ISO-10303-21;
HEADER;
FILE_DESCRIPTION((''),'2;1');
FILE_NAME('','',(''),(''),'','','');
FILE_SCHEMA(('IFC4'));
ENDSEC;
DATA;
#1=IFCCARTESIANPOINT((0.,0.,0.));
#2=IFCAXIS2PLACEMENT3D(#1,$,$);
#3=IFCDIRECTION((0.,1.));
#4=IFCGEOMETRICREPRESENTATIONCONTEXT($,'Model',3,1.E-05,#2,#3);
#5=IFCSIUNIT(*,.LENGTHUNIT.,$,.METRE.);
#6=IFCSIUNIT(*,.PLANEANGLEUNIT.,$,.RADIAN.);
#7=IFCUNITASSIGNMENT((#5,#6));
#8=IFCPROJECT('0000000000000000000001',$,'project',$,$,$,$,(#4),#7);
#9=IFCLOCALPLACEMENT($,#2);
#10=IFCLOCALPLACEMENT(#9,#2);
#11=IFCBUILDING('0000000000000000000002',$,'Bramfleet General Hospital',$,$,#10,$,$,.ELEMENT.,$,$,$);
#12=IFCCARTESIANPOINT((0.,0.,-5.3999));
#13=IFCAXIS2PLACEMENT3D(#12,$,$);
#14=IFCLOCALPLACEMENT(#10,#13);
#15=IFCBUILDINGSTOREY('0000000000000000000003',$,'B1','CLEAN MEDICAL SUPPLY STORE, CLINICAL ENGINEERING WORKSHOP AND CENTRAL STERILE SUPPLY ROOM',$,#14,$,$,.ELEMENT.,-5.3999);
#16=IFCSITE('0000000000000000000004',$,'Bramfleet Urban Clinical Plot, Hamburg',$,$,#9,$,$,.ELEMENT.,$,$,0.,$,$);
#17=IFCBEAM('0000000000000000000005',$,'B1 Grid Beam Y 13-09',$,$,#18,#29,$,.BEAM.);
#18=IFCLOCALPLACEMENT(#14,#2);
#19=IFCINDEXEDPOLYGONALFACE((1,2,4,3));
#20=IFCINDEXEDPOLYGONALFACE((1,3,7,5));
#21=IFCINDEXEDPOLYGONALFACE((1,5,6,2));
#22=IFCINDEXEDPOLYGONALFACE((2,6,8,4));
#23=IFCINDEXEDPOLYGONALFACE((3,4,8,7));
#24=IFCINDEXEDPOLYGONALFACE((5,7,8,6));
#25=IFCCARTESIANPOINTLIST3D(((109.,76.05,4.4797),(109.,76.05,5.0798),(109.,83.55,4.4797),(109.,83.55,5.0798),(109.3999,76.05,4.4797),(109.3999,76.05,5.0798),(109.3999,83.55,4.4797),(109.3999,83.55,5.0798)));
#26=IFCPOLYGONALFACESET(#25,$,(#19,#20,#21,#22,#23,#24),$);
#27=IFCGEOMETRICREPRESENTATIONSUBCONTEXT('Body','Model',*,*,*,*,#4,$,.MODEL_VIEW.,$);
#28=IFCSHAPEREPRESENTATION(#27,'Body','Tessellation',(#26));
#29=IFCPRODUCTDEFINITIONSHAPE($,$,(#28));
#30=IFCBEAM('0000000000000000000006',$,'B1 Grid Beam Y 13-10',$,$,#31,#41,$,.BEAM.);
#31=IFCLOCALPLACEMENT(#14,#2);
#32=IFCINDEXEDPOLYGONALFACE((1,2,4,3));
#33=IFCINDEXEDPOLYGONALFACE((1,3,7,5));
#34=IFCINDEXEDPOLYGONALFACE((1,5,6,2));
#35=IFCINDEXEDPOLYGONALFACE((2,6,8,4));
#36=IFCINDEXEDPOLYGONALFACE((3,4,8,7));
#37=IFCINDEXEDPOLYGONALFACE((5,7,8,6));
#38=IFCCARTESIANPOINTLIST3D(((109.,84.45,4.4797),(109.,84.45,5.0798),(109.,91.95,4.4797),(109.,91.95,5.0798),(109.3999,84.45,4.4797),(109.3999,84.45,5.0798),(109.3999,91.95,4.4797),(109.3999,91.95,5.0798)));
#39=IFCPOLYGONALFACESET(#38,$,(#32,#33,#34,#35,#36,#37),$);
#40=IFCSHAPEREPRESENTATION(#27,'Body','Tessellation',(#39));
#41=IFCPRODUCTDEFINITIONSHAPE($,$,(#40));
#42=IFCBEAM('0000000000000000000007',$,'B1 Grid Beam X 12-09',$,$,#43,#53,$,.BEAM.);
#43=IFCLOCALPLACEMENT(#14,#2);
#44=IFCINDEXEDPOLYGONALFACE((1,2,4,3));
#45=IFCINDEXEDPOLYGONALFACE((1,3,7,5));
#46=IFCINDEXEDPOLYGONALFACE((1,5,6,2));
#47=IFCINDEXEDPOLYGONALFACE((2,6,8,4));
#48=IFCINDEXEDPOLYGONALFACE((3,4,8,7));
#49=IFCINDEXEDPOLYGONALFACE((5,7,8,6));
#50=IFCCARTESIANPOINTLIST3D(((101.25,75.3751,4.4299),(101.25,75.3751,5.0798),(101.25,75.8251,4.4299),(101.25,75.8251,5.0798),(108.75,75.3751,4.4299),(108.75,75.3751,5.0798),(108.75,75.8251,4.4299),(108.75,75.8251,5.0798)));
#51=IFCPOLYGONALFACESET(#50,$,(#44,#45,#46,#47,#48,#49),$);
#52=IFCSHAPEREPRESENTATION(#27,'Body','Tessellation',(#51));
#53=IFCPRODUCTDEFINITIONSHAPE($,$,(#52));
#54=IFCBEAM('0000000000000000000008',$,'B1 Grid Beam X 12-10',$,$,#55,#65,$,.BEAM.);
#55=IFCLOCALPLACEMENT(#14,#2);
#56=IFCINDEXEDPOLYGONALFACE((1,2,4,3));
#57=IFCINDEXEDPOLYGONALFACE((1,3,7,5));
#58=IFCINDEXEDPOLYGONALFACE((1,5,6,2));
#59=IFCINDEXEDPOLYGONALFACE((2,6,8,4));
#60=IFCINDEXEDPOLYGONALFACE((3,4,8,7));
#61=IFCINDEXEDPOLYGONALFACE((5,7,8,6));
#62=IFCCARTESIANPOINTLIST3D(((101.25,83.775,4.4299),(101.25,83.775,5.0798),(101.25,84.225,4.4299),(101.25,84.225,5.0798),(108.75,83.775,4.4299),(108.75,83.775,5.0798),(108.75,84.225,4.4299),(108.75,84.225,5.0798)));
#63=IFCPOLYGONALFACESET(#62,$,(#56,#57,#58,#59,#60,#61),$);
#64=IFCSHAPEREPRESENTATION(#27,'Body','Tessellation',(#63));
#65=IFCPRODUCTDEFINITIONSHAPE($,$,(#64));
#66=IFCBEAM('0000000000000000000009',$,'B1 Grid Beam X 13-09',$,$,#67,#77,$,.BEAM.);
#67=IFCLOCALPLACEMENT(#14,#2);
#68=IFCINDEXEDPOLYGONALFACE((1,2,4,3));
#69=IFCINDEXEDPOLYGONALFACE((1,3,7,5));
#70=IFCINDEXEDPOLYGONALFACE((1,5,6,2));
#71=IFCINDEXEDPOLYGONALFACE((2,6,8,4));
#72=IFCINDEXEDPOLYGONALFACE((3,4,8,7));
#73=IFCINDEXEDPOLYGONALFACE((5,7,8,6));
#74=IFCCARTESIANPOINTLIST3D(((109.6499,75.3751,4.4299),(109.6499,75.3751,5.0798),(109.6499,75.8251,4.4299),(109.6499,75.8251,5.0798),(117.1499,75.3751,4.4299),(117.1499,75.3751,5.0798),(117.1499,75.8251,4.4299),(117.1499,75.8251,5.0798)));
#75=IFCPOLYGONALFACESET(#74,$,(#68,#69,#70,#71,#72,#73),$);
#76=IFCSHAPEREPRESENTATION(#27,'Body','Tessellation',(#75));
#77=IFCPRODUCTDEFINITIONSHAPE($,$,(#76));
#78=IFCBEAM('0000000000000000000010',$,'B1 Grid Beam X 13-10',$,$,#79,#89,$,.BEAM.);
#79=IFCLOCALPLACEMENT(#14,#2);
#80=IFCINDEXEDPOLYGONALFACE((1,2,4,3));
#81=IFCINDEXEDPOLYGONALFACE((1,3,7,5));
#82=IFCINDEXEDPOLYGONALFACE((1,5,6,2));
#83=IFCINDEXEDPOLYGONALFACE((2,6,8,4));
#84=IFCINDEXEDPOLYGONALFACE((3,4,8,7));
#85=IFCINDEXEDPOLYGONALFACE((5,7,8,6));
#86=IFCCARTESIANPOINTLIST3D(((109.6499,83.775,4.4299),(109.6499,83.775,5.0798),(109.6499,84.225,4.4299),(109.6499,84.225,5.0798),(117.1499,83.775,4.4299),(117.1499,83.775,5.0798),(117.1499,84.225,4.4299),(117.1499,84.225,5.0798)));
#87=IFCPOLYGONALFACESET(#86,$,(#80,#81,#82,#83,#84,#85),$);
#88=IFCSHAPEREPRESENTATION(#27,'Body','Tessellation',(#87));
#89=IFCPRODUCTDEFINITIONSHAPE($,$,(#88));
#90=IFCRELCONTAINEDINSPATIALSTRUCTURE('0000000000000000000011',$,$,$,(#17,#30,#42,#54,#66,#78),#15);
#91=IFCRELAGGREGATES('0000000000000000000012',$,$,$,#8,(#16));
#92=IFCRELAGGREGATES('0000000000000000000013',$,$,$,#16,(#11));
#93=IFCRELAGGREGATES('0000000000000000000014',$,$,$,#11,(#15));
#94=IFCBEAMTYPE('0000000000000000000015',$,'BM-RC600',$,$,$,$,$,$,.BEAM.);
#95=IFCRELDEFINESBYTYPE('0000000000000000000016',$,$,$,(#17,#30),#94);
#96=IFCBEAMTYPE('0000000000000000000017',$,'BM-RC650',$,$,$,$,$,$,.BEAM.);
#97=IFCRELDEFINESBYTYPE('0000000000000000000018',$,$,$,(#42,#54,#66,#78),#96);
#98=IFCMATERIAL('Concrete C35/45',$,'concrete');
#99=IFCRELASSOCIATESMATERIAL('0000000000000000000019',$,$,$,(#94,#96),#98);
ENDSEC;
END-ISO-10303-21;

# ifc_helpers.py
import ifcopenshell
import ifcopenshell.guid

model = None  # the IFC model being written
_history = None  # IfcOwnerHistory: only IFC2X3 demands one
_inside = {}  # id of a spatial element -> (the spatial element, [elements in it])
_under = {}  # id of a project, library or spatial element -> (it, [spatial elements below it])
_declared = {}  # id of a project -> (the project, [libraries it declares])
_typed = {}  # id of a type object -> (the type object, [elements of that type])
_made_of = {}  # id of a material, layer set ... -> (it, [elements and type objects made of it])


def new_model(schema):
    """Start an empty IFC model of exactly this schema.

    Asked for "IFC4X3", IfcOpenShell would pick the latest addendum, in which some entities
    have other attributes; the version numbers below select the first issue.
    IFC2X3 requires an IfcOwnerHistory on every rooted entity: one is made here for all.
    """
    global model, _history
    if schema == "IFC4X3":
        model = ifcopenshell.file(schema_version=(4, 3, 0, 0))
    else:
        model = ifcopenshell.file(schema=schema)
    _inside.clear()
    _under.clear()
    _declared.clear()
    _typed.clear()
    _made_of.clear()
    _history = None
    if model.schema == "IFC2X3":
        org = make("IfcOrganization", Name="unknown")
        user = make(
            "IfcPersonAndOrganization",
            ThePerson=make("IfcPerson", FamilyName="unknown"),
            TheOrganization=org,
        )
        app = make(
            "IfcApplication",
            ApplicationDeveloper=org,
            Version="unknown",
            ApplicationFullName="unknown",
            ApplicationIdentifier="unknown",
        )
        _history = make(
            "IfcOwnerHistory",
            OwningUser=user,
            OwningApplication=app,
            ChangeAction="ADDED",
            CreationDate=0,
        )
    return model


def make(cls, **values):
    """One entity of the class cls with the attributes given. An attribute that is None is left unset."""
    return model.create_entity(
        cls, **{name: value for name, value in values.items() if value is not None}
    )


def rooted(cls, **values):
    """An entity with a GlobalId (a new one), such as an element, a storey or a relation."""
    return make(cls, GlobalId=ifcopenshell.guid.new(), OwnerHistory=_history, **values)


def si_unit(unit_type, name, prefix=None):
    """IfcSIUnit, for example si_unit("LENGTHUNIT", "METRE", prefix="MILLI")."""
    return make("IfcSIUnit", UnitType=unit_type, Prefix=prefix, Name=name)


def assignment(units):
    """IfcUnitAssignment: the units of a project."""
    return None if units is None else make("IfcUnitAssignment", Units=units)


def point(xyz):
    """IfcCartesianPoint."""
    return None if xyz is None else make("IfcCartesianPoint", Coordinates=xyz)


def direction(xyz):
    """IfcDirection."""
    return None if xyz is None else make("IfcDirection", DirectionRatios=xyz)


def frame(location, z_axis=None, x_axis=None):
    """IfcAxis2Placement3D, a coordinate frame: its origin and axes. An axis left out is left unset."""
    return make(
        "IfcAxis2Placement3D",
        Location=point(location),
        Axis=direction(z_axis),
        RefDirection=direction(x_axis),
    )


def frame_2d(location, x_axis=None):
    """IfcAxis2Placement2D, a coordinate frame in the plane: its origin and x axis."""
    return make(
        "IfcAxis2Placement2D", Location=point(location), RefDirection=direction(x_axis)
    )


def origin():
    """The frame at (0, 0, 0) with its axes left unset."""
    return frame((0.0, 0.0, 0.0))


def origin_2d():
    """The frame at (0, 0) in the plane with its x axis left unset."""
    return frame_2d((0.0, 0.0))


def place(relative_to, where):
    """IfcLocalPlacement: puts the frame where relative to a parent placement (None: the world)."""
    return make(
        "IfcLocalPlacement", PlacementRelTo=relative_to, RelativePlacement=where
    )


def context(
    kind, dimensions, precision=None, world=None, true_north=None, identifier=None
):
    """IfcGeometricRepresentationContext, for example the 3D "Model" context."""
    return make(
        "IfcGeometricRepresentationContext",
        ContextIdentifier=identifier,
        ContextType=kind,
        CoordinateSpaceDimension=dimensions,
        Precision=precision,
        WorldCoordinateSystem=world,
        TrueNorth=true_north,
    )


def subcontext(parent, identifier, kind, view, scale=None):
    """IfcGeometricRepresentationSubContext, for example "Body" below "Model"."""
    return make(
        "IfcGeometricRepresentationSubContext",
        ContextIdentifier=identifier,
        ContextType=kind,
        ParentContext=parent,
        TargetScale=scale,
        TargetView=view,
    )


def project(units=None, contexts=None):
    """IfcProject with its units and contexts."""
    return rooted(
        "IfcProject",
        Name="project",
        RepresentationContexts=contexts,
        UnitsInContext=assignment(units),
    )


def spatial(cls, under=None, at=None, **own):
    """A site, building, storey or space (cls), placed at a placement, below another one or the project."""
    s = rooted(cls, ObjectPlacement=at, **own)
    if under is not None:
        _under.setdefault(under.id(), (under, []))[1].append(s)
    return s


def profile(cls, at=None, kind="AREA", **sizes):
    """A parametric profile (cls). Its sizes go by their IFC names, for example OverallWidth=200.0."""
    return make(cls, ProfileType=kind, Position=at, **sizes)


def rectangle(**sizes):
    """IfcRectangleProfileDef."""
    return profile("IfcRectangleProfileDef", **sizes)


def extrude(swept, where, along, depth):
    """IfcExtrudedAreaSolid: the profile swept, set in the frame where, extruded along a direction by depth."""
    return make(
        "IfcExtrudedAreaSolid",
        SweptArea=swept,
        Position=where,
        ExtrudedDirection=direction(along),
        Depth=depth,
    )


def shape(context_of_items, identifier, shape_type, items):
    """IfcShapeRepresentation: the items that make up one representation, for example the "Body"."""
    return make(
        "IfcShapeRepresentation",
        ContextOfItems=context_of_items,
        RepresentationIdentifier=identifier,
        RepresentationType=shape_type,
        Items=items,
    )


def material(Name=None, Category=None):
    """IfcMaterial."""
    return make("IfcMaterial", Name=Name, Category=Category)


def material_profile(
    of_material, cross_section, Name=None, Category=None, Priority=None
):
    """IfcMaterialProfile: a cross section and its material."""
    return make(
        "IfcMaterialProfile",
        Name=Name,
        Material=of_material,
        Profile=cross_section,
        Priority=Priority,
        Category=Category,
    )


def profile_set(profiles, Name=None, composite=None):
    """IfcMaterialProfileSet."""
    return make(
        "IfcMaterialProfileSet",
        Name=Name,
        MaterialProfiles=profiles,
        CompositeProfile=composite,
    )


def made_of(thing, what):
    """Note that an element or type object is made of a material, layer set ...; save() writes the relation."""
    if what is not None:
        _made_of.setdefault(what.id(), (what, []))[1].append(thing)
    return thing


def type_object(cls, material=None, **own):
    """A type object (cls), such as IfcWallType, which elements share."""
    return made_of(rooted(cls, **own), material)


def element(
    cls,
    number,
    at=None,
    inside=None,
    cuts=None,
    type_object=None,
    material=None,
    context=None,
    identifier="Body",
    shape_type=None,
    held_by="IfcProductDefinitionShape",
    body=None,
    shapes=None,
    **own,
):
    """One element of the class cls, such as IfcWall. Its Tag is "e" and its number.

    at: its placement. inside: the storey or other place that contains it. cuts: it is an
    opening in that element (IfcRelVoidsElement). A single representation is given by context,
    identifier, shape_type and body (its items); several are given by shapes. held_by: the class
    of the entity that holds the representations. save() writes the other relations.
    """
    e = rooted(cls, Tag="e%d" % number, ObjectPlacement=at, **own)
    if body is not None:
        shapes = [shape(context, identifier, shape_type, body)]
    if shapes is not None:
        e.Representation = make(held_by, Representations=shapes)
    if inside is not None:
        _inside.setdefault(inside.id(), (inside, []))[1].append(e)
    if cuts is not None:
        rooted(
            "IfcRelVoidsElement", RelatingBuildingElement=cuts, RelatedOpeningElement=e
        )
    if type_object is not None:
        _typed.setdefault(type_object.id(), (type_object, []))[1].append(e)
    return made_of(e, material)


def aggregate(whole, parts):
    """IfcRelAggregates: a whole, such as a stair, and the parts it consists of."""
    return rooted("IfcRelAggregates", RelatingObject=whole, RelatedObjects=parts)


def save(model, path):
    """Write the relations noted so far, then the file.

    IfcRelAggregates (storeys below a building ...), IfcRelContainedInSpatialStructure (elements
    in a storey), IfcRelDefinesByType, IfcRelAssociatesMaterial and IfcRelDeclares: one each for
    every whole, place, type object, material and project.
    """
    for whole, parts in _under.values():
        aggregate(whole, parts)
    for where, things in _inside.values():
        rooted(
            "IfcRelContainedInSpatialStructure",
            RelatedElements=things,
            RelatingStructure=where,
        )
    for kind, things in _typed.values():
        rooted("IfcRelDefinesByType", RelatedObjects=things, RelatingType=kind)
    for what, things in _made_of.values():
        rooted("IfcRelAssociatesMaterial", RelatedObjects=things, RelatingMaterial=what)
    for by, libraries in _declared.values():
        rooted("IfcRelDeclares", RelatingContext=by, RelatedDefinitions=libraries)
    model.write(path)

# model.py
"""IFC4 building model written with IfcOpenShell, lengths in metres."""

from ifc_helpers import new_model, si_unit, direction, frame, origin, origin_2d, place, context, subcontext, project, spatial, rectangle, extrude, material, material_profile, profile_set, type_object, element, save


model = new_model("IFC4")

# Units and contexts
model_context = context("Model", 3, precision=1e-05, world=origin(), true_north=direction((0.0, 1.0)))
body_context = subcontext(model_context, "Body", "Model", "MODEL_VIEW")
ifc_project = project(units=[si_unit("LENGTHUNIT", "METRE"), si_unit("PLANEANGLEUNIT", "RADIAN")], contexts=[model_context])

# Site, building, storey
site_placement = place(None, origin())
site = spatial("IfcSite", under=ifc_project, at=site_placement, Name="Bramfleet Urban Clinical Plot, Hamburg", CompositionType="ELEMENT", RefElevation=0.0)
building_placement = place(site_placement, origin())
building = spatial("IfcBuilding", under=site, at=building_placement, Name="Bramfleet General Hospital", CompositionType="ELEMENT")
storey_placement = place(building_placement, frame((0.0, 0.0, -5.3999)))
storey = spatial("IfcBuildingStorey", under=building, at=storey_placement, Name="B1", Description="CLEAN MEDICAL SUPPLY STORE, CLINICAL ENGINEERING WORKSHOP AND CENTRAL STERILE SUPPLY ROOM", CompositionType="ELEMENT", Elevation=-5.3999)

# Shared definitions
ifc_material_1 = material(Name="Concrete C35/45", Category="concrete")

# Beams
ifc_material_profile_1 = material_profile(ifc_material_1, rectangle(XDim=0.3999, YDim=0.6001, at=origin_2d()), Name="RC BM 600x400")
ifc_profile_set_1 = profile_set([ifc_material_profile_1], Name="Concrete C35/45")
beam_type_1 = type_object("IfcBeamType", Name="BM-RC600", PredefinedType="BEAM", material=ifc_profile_set_1)
for number, where, z_axis, x_axis, name in (
    (1, (109.2, 76.05, 4.7798), (0.0, 1.0, 0.0), (-1.0, 0.0, 0.0), "B1 Grid Beam Y 13-09"),
    (2, (109.2, 84.45, 4.7798), (0.0, 1.0, 0.0), (-1.0, 0.0, 0.0), "B1 Grid Beam Y 13-10"),
):
    element("IfcBeam", number, at=place(storey_placement, frame(where, z_axis=z_axis, x_axis=x_axis)), inside=storey, type_object=beam_type_1, Name=name, PredefinedType="BEAM", context=body_context, shape_type="SweptSolid", body=[
        extrude(rectangle(XDim=0.3999, YDim=0.6001, at=origin_2d()), origin(), (0.0, 0.0, 1.0), 7.5),
    ])
ifc_material_profile_2 = material_profile(ifc_material_1, rectangle(XDim=0.45, YDim=0.6499, at=origin_2d()), Name="RC BM 650x450")
ifc_profile_set_2 = profile_set([ifc_material_profile_2], Name="Concrete C35/45")
beam_type_2 = type_object("IfcBeamType", Name="BM-RC650", PredefinedType="BEAM", material=ifc_profile_set_2)
for number, where, z_axis, x_axis, name in (
    (3, (101.25, 75.6001, 4.7549), (1.0, 0.0, 0.0), (0.0, 1.0, 0.0), "B1 Grid Beam X 12-09"),
    (4, (101.25, 84.0, 4.7549), (1.0, 0.0, 0.0), (0.0, 1.0, 0.0), "B1 Grid Beam X 12-10"),
    (5, (109.6499, 75.6001, 4.7549), (1.0, 0.0, 0.0), (0.0, 1.0, 0.0), "B1 Grid Beam X 13-09"),
    (6, (109.6499, 84.0, 4.7549), (1.0, 0.0, 0.0), (0.0, 1.0, 0.0), "B1 Grid Beam X 13-10"),
):
    element("IfcBeam", number, at=place(storey_placement, frame(where, z_axis=z_axis, x_axis=x_axis)), inside=storey, type_object=beam_type_2, Name=name, PredefinedType="BEAM", context=body_context, shape_type="SweptSolid", body=[
        extrude(rectangle(XDim=0.45, YDim=0.6499, at=origin_2d()), origin(), (0.0, 0.0, 1.0), 7.5),
    ])

save(model, "model.ifc")
